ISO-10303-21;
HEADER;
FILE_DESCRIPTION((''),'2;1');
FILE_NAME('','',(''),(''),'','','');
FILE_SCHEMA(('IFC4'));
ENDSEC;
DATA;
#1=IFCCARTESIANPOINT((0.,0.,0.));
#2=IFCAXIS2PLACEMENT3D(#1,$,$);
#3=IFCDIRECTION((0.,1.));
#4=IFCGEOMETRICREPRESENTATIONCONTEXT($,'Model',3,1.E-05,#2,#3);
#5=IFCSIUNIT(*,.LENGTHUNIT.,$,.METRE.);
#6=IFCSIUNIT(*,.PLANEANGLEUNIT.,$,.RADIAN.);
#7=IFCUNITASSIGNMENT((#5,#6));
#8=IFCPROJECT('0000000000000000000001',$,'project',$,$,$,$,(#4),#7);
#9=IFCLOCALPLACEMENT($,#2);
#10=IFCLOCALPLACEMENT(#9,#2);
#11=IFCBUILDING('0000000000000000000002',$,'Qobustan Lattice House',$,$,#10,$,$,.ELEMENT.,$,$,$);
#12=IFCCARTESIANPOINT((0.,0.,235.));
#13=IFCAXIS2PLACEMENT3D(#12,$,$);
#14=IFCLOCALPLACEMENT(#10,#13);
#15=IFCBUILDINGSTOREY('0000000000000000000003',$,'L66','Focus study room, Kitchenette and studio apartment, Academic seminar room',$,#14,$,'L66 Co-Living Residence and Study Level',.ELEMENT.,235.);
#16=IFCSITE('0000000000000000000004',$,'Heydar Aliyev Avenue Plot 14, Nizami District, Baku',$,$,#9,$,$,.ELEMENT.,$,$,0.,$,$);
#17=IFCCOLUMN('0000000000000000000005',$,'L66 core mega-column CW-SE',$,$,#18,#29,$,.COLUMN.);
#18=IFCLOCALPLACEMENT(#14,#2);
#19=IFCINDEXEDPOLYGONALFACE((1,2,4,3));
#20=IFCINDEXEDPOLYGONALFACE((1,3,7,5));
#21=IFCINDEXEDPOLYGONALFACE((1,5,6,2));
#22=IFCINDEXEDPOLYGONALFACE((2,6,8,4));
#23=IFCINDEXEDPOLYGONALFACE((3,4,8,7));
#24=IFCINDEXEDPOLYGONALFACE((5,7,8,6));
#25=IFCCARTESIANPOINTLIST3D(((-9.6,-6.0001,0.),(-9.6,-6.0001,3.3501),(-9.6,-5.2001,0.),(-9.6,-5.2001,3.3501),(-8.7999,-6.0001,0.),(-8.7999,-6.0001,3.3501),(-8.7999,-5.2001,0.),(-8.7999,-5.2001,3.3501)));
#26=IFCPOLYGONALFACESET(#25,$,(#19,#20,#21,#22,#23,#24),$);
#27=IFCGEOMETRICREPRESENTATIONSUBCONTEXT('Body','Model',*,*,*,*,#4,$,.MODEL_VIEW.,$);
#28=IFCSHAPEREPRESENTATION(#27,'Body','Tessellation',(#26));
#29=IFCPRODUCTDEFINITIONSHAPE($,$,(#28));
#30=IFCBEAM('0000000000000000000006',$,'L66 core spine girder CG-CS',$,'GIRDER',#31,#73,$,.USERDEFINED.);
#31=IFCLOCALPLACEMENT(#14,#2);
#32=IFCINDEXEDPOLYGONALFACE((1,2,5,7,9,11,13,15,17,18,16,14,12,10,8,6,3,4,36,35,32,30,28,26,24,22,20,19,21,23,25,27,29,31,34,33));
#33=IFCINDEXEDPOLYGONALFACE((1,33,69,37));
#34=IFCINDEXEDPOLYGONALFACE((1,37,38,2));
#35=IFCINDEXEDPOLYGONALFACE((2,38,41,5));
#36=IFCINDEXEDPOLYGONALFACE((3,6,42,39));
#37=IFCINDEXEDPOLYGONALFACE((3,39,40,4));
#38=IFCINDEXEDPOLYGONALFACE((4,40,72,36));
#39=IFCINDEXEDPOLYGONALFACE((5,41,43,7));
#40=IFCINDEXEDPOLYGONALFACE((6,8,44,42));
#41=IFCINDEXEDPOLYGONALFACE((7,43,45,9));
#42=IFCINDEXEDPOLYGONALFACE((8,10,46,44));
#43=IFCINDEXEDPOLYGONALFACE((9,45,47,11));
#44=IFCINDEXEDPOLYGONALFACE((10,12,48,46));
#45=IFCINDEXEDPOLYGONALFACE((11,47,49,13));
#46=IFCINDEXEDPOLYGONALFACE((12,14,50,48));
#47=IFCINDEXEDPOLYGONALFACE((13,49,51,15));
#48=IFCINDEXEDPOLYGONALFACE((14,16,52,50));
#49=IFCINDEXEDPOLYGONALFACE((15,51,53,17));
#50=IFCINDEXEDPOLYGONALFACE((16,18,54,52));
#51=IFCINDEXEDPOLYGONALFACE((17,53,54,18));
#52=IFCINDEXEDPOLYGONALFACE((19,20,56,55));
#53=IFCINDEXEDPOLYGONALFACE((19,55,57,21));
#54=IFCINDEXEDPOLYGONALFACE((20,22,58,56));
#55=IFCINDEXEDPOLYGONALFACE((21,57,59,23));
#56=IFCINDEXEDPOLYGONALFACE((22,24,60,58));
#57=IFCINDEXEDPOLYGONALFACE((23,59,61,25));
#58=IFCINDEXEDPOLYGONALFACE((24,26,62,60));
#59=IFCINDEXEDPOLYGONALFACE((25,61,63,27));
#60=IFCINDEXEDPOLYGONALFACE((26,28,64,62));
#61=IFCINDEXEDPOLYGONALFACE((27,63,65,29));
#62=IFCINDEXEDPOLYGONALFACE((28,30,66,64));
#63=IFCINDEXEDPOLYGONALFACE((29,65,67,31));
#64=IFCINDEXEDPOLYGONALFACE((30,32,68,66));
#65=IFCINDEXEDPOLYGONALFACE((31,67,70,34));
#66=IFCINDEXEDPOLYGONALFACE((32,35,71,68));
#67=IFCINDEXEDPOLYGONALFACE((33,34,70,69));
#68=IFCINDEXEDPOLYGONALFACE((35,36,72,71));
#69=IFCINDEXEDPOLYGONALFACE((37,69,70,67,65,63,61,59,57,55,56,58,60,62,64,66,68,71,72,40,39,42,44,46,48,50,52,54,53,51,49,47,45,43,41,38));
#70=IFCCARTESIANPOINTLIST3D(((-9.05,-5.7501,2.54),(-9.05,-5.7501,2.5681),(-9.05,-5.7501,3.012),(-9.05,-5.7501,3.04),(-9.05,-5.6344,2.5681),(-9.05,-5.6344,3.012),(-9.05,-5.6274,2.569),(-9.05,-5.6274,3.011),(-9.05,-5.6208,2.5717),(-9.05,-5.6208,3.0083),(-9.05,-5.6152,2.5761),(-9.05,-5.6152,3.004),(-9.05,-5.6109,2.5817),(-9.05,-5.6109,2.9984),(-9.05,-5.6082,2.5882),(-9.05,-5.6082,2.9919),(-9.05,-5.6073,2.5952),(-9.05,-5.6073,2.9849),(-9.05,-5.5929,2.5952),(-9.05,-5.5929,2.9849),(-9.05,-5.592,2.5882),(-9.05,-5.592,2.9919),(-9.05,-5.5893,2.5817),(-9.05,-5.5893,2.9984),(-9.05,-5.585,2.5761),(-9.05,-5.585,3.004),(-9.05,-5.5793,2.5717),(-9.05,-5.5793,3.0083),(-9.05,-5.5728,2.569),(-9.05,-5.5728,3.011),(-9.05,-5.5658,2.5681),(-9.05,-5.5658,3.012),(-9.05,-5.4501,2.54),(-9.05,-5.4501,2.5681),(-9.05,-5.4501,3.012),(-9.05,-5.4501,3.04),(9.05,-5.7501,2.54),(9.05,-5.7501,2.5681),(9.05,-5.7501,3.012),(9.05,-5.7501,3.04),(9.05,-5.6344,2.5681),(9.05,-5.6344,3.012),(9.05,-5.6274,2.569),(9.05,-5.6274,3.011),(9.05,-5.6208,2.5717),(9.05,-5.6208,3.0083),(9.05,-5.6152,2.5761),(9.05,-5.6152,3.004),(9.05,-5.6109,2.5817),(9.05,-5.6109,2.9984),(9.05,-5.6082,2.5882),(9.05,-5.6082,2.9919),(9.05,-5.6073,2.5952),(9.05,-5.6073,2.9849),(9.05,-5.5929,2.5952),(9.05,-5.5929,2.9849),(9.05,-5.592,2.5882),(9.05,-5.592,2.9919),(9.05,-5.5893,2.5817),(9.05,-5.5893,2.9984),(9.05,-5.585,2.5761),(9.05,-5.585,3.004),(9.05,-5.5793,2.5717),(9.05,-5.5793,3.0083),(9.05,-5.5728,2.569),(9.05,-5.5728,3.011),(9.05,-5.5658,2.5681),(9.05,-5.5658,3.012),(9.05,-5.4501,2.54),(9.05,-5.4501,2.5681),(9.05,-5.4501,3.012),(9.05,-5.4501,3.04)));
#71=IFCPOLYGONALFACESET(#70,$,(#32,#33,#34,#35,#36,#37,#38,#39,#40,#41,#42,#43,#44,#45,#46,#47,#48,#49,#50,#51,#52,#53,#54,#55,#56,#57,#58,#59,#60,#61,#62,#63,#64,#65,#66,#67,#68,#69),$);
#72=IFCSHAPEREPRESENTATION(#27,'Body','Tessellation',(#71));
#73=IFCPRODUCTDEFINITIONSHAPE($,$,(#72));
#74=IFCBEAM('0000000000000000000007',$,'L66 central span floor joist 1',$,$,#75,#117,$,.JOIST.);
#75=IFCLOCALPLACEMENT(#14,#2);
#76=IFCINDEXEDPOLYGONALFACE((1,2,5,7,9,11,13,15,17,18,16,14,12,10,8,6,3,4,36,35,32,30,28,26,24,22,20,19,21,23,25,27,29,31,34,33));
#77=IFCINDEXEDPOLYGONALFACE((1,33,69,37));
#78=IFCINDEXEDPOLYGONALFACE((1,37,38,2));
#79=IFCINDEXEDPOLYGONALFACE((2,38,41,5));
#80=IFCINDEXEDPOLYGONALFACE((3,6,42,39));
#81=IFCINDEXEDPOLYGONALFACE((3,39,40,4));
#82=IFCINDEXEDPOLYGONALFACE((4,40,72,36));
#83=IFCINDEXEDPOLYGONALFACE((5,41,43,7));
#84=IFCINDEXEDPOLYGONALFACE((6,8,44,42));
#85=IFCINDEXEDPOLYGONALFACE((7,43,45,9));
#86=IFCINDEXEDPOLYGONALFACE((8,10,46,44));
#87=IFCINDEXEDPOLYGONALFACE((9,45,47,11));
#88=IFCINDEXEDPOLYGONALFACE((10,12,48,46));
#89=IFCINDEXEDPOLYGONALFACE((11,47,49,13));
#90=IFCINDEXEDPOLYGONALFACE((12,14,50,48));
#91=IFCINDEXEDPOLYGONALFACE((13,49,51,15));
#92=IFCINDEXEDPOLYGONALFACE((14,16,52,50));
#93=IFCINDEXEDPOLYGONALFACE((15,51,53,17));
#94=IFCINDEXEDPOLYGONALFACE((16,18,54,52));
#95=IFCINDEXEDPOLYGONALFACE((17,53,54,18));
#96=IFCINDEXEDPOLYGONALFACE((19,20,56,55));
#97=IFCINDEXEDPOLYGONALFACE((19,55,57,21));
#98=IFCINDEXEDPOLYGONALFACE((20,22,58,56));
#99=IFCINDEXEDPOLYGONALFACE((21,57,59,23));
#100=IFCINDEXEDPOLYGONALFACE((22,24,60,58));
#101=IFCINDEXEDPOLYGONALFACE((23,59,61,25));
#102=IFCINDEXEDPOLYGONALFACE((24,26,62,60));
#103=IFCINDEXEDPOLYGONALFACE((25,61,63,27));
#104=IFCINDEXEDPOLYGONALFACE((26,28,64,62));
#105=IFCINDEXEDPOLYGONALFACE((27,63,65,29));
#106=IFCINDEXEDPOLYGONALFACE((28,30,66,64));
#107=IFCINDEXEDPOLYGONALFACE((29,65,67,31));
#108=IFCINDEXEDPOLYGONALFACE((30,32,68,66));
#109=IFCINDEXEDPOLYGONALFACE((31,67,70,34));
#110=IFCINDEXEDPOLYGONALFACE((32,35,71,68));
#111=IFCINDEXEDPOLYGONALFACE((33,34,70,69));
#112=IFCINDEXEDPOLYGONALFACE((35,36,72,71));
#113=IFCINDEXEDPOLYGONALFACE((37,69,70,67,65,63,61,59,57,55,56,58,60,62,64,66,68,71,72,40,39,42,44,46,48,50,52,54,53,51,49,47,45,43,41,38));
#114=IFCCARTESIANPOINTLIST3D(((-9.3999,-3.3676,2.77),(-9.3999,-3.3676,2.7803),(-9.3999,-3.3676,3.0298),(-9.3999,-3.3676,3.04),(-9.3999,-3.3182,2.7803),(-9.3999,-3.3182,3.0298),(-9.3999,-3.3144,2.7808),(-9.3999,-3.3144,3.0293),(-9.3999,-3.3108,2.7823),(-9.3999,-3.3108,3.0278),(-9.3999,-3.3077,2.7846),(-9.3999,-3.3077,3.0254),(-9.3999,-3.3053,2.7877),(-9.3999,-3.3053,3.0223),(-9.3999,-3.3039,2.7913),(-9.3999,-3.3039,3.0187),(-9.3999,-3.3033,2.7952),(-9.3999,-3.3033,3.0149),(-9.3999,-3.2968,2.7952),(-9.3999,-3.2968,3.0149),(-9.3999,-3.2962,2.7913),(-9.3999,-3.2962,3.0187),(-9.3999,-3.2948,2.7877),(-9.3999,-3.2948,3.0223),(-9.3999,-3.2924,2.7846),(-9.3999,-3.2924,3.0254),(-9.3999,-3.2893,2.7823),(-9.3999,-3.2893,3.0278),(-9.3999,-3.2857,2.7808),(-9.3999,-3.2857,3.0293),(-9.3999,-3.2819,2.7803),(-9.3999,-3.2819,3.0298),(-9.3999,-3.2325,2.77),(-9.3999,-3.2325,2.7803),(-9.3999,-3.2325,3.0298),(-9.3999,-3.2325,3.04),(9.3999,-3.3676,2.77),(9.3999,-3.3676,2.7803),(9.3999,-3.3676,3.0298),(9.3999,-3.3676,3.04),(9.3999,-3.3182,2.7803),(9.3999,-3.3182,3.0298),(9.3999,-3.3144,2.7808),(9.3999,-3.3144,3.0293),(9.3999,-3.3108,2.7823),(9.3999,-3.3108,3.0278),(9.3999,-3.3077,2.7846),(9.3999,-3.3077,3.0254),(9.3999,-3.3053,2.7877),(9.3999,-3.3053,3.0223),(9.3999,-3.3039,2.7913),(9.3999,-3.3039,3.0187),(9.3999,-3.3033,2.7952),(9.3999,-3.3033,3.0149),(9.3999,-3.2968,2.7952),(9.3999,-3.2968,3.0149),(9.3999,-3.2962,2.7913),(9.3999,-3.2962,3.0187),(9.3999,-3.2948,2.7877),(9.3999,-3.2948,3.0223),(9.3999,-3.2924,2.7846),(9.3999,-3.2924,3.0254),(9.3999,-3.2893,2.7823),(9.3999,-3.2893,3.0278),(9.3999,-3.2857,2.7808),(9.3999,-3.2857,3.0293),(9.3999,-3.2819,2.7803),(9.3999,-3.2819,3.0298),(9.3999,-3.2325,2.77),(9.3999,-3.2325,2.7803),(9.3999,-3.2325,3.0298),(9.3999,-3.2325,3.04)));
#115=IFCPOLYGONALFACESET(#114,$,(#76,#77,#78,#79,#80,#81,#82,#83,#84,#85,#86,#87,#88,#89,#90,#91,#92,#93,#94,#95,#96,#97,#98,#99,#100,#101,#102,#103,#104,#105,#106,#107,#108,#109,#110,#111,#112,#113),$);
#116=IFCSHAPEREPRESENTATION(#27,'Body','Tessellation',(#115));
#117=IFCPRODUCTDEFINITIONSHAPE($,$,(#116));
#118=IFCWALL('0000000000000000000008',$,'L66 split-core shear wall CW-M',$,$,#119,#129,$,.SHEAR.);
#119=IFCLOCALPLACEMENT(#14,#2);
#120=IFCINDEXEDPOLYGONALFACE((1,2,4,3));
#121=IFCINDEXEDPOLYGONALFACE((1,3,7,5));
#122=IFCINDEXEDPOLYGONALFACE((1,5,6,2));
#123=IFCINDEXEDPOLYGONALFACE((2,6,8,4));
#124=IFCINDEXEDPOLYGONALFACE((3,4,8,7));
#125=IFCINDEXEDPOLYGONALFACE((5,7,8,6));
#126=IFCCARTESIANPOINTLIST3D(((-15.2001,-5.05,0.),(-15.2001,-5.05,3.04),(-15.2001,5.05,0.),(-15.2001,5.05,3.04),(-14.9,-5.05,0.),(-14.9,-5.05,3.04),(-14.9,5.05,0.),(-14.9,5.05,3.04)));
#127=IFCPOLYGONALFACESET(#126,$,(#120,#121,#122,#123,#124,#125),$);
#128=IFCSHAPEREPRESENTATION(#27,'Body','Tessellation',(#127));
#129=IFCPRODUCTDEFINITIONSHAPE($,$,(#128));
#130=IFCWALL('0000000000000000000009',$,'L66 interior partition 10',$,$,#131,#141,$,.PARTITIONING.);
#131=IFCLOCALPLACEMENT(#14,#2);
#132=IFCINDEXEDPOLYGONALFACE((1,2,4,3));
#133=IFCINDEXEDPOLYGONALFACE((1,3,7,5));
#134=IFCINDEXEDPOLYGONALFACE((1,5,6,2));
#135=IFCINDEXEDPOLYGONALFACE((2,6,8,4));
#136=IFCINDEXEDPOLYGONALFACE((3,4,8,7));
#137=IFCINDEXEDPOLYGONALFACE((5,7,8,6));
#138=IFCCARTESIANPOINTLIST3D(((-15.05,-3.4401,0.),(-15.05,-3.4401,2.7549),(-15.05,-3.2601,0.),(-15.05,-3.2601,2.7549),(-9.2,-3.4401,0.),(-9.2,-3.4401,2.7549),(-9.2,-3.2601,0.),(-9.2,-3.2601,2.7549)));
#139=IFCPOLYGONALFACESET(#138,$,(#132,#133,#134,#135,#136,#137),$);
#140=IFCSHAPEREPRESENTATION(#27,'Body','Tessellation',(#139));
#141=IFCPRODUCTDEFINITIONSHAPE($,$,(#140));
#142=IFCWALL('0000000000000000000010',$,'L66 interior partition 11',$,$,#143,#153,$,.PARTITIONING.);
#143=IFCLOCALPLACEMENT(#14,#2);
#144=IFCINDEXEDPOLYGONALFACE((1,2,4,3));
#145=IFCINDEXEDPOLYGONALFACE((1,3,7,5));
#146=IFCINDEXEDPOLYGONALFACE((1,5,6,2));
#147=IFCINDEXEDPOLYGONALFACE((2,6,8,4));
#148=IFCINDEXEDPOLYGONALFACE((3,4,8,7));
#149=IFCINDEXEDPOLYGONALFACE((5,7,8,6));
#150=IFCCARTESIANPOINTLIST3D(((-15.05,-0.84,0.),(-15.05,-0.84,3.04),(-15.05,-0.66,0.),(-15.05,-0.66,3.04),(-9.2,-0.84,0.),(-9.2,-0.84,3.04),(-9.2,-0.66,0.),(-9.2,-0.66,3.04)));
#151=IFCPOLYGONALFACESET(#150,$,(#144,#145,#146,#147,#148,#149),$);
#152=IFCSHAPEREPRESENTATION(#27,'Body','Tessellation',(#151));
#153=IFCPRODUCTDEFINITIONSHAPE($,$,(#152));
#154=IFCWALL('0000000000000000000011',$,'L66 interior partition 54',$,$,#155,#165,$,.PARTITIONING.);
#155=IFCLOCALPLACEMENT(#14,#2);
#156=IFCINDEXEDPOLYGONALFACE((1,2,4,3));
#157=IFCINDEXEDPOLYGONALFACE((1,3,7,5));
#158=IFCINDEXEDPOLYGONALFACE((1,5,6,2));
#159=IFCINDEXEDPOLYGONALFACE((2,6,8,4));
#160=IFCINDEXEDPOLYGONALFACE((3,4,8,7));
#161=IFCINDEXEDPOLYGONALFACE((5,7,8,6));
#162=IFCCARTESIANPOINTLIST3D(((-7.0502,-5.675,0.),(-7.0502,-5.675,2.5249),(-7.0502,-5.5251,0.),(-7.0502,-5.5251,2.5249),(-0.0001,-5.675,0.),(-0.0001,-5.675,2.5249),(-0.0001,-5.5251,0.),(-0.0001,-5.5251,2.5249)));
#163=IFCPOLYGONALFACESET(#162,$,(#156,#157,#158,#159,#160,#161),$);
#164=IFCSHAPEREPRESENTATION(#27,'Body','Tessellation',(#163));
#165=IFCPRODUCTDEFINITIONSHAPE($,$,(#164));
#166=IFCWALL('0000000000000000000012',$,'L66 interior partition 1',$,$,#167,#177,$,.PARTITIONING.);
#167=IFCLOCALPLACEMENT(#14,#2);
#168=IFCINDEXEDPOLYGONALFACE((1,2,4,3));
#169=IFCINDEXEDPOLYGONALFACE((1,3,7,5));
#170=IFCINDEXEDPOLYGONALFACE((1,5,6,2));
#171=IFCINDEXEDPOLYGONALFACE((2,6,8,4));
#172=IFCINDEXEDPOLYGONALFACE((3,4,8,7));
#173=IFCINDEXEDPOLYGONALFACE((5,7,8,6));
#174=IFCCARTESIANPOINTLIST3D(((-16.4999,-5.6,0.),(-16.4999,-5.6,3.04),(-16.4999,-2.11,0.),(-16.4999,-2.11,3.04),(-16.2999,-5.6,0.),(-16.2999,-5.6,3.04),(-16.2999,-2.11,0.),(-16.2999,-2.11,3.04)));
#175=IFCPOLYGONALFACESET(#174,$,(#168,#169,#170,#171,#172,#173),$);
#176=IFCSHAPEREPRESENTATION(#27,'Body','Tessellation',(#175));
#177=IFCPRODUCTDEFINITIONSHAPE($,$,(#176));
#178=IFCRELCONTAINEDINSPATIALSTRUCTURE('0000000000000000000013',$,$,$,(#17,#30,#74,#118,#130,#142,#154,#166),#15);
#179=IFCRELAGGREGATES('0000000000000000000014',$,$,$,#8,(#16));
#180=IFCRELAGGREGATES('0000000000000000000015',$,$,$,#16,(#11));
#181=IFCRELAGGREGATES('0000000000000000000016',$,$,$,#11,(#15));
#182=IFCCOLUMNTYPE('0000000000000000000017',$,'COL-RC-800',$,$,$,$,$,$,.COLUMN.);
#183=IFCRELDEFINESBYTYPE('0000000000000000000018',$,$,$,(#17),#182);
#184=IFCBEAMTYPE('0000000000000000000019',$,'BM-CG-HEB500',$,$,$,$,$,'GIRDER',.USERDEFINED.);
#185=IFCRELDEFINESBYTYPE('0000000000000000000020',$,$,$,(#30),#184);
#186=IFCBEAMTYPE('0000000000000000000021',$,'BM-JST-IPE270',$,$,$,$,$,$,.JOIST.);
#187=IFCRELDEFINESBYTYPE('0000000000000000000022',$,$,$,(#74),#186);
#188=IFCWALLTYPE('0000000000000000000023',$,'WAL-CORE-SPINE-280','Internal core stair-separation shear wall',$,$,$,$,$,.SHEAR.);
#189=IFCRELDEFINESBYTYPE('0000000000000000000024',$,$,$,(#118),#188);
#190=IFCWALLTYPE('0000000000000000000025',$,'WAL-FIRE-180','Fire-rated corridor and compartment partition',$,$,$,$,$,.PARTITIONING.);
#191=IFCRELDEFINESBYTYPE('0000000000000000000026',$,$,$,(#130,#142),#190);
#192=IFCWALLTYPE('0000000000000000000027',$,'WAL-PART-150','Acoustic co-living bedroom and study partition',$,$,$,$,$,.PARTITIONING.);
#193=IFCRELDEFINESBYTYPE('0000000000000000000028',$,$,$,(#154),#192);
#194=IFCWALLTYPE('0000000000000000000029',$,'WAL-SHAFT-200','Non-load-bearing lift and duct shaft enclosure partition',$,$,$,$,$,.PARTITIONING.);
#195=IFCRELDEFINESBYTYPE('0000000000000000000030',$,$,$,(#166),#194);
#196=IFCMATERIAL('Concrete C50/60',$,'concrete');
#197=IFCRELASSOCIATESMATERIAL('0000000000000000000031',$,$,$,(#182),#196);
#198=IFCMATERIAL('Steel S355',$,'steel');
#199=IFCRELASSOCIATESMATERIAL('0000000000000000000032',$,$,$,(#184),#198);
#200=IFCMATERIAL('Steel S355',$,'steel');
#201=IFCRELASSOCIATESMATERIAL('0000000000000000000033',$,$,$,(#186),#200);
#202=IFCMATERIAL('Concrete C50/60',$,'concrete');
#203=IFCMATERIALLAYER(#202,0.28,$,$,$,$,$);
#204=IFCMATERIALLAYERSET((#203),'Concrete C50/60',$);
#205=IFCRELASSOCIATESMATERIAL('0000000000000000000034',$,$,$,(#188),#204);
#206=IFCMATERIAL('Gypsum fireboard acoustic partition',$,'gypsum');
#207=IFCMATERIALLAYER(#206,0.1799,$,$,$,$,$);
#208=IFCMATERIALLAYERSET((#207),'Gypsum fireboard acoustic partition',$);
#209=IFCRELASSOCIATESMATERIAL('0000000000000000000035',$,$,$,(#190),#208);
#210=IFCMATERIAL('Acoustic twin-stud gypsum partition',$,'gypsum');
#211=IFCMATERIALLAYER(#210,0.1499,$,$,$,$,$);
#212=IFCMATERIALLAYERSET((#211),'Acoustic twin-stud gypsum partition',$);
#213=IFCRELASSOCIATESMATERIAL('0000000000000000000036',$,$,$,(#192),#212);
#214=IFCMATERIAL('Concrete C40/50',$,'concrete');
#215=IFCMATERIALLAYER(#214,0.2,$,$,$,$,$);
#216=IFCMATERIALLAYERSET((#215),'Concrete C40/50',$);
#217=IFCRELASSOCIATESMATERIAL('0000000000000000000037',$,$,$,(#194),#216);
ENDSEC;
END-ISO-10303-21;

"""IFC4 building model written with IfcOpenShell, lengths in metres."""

from ifc_helpers import new_model, si_unit, direction, frame, frame_2d, origin, origin_2d, place, context, subcontext, project, spatial, rectangle, i_section, extrude, material, layer, layer_set, material_profile, profile_set, type_object, element, save


model = new_model("IFC4")

# Units and contexts
model_context = context("Model", 3, precision=1e-05, world=origin(), true_north=direction((0.0, 1.0)))
body_context = subcontext(model_context, "Body", "Model", "MODEL_VIEW")
ifc_project = project(units=[si_unit("LENGTHUNIT", "METRE"), si_unit("PLANEANGLEUNIT", "RADIAN")], contexts=[model_context])

# Site, building, storey
site_placement = place(None, origin())
site = spatial("IfcSite", under=ifc_project, at=site_placement, Name="Heydar Aliyev Avenue Plot 14, Nizami District, Baku", CompositionType="ELEMENT", RefElevation=0.0)
building_placement = place(site_placement, origin())
building = spatial("IfcBuilding", under=site, at=building_placement, Name="Qobustan Lattice House", CompositionType="ELEMENT")
storey_placement = place(building_placement, frame((0.0, 0.0, 235.0)))
storey = spatial("IfcBuildingStorey", under=building, at=storey_placement, Name="L66", Description="Focus study room, Kitchenette and studio apartment, Academic seminar room", LongName="L66 Co-Living Residence and Study Level", CompositionType="ELEMENT", Elevation=235.0)

# Column
ifc_material_1 = material(Name="Concrete C50/60", Category="concrete")
ifc_material_profile_1 = material_profile(ifc_material_1, rectangle(XDim=0.8, YDim=0.8, at=origin_2d()), Name="RC800x800")
ifc_profile_set_1 = profile_set([ifc_material_profile_1], Name="Concrete C50/60")
column_type = type_object("IfcColumnType", Name="COL-RC-800", PredefinedType="COLUMN", material=ifc_profile_set_1)
column_placement = place(storey_placement, frame((-9.2, -5.6001, 0.0), z_axis=(0.0, 0.0, 1.0), x_axis=(1.0, 0.0, 0.0)))
element("IfcColumn", 1, at=column_placement, inside=storey, type_object=column_type, Name="L66 core mega-column CW-SE", PredefinedType="COLUMN", context=body_context, shape_type="SweptSolid", body=[
    extrude(rectangle(XDim=0.8, YDim=0.8, at=origin_2d()), origin(), (0.0, 0.0, 1.0), 3.3501),
])

# Beams
ifc_material_2 = material(Name="Steel S355", Category="steel")
ifc_material_profile_2 = material_profile(ifc_material_2, i_section(OverallWidth=0.3, OverallDepth=0.5, WebThickness=0.0144, FlangeThickness=0.0281, FilletRadius=0.0271, at=origin_2d()), Name="HEB500")
ifc_profile_set_2 = profile_set([ifc_material_profile_2], Name="Steel S355")
beam_type_1 = type_object("IfcBeamType", Name="BM-CG-HEB500", ElementType="GIRDER", PredefinedType="USERDEFINED", material=ifc_profile_set_2)
beam_1_placement = place(storey_placement, frame((-9.05, -5.6001, 2.79), z_axis=(1.0, 0.0, 0.0), x_axis=(0.0, 1.0, 0.0)))
element("IfcBeam", 2, at=beam_1_placement, inside=storey, type_object=beam_type_1, Name="L66 core spine girder CG-CS", ObjectType="GIRDER", PredefinedType="USERDEFINED", context=body_context, shape_type="SweptSolid", body=[
    extrude(i_section(OverallWidth=0.3, OverallDepth=0.5, WebThickness=0.0144, FlangeThickness=0.0281, FilletRadius=0.0271, at=origin_2d()), origin(), (0.0, 0.0, 1.0), 18.1001),
])
ifc_material_3 = material(Name="Steel S355", Category="steel")
ifc_material_profile_3 = material_profile(ifc_material_3, i_section(OverallWidth=0.135, OverallDepth=0.27, WebThickness=0.0066, FlangeThickness=0.0103, FilletRadius=0.0149, at=origin_2d()), Name="IPE270")
ifc_profile_set_3 = profile_set([ifc_material_profile_3], Name="Steel S355")
beam_type_2 = type_object("IfcBeamType", Name="BM-JST-IPE270", PredefinedType="JOIST", material=ifc_profile_set_3)
beam_2_placement = place(storey_placement, frame((-9.3999, -3.3, 2.905), z_axis=(1.0, 0.0, 0.0), x_axis=(0.0, 1.0, 0.0)))
element("IfcBeam", 3, at=beam_2_placement, inside=storey, type_object=beam_type_2, Name="L66 central span floor joist 1", PredefinedType="JOIST", context=body_context, shape_type="SweptSolid", body=[
    extrude(i_section(OverallWidth=0.135, OverallDepth=0.27, WebThickness=0.0066, FlangeThickness=0.0103, FilletRadius=0.0149, at=origin_2d()), origin(), (0.0, 0.0, 1.0), 18.7998),
])

# Walls
ifc_material_4 = material(Name="Concrete C50/60", Category="concrete")
ifc_layer_1 = layer(ifc_material_4, 0.28)
ifc_layer_set_1 = layer_set([ifc_layer_1], Name="Concrete C50/60")
wall_type_1 = type_object("IfcWallType", Name="WAL-CORE-SPINE-280", Description="Internal core stair-separation shear wall", PredefinedType="SHEAR", material=ifc_layer_set_1)
wall_1_placement = place(storey_placement, frame((-15.05, -5.05, 0.0), z_axis=(0.0, 0.0, 1.0), x_axis=(0.0, 1.0, 0.0)))
element("IfcWall", 4, at=wall_1_placement, inside=storey, type_object=wall_type_1, Name="L66 split-core shear wall CW-M", PredefinedType="SHEAR", context=body_context, shape_type="SweptSolid", body=[
    extrude(rectangle(XDim=10.1001, YDim=0.3, at=frame_2d((5.05, 0.0))), origin(), (0.0, 0.0, 1.0), 3.04),
])
ifc_material_5 = material(Name="Gypsum fireboard acoustic partition", Category="gypsum")
ifc_layer_2 = layer(ifc_material_5, 0.1799)
ifc_layer_set_2 = layer_set([ifc_layer_2], Name="Gypsum fireboard acoustic partition")
wall_type_2 = type_object("IfcWallType", Name="WAL-FIRE-180", Description="Fire-rated corridor and compartment partition", PredefinedType="PARTITIONING", material=ifc_layer_set_2)
wall_2_placement = place(storey_placement, frame((-15.05, -3.3501, 0.0), z_axis=(0.0, 0.0, 1.0), x_axis=(1.0, 0.0, 0.0)))
element("IfcWall", 5, at=wall_2_placement, inside=storey, type_object=wall_type_2, Name="L66 interior partition 10", PredefinedType="PARTITIONING", context=body_context, shape_type="SweptSolid", body=[
    extrude(rectangle(XDim=5.8501, YDim=0.1799, at=frame_2d((2.925, 0.0))), origin(), (0.0, 0.0, 1.0), 2.7549),
])
wall_3_placement = place(storey_placement, frame((-9.2, -0.75, 0.0), z_axis=(0.0, 0.0, 1.0), x_axis=(-1.0, 0.0, 0.0)))
element("IfcWall", 6, at=wall_3_placement, inside=storey, type_object=wall_type_2, Name="L66 interior partition 11", PredefinedType="PARTITIONING", context=body_context, shape_type="SweptSolid", body=[
    extrude(rectangle(XDim=5.8501, YDim=0.1799, at=frame_2d((2.925, 0.0))), origin(), (0.0, 0.0, 1.0), 3.04),
])
ifc_material_6 = material(Name="Acoustic twin-stud gypsum partition", Category="gypsum")
ifc_layer_3 = layer(ifc_material_6, 0.1499)
ifc_layer_set_3 = layer_set([ifc_layer_3], Name="Acoustic twin-stud gypsum partition")
wall_type_3 = type_object("IfcWallType", Name="WAL-PART-150", Description="Acoustic co-living bedroom and study partition", PredefinedType="PARTITIONING", material=ifc_layer_set_3)
wall_4_placement = place(storey_placement, frame((-7.05, -5.6001, 0.0), z_axis=(0.0, 0.0, 1.0), x_axis=(1.0, 0.0, 0.0)))
element("IfcWall", 7, at=wall_4_placement, inside=storey, type_object=wall_type_3, Name="L66 interior partition 54", PredefinedType="PARTITIONING", context=body_context, shape_type="SweptSolid", body=[
    extrude(rectangle(XDim=7.05, YDim=0.1499, at=frame_2d((3.5249, 0.0))), origin(), (0.0, 0.0, 1.0), 2.5249),
])
ifc_material_7 = material(Name="Concrete C40/50", Category="concrete")
ifc_layer_4 = layer(ifc_material_7, 0.2)
ifc_layer_set_4 = layer_set([ifc_layer_4], Name="Concrete C40/50")
wall_type_4 = type_object("IfcWallType", Name="WAL-SHAFT-200", Description="Non-load-bearing lift and duct shaft enclosure partition", PredefinedType="PARTITIONING", material=ifc_layer_set_4)
wall_5_placement = place(storey_placement, frame((-16.3999, -5.6001, 0.0), z_axis=(0.0, 0.0, 1.0), x_axis=(0.0, 1.0, 0.0)))
element("IfcWall", 8, at=wall_5_placement, inside=storey, type_object=wall_type_4, Name="L66 interior partition 1", PredefinedType="PARTITIONING", context=body_context, shape_type="SweptSolid", body=[
    extrude(rectangle(XDim=3.49, YDim=0.2, at=frame_2d((1.7451, 0.0))), origin(), (0.0, 0.0, 1.0), 3.04),
])

save(model, "model.ifc")
